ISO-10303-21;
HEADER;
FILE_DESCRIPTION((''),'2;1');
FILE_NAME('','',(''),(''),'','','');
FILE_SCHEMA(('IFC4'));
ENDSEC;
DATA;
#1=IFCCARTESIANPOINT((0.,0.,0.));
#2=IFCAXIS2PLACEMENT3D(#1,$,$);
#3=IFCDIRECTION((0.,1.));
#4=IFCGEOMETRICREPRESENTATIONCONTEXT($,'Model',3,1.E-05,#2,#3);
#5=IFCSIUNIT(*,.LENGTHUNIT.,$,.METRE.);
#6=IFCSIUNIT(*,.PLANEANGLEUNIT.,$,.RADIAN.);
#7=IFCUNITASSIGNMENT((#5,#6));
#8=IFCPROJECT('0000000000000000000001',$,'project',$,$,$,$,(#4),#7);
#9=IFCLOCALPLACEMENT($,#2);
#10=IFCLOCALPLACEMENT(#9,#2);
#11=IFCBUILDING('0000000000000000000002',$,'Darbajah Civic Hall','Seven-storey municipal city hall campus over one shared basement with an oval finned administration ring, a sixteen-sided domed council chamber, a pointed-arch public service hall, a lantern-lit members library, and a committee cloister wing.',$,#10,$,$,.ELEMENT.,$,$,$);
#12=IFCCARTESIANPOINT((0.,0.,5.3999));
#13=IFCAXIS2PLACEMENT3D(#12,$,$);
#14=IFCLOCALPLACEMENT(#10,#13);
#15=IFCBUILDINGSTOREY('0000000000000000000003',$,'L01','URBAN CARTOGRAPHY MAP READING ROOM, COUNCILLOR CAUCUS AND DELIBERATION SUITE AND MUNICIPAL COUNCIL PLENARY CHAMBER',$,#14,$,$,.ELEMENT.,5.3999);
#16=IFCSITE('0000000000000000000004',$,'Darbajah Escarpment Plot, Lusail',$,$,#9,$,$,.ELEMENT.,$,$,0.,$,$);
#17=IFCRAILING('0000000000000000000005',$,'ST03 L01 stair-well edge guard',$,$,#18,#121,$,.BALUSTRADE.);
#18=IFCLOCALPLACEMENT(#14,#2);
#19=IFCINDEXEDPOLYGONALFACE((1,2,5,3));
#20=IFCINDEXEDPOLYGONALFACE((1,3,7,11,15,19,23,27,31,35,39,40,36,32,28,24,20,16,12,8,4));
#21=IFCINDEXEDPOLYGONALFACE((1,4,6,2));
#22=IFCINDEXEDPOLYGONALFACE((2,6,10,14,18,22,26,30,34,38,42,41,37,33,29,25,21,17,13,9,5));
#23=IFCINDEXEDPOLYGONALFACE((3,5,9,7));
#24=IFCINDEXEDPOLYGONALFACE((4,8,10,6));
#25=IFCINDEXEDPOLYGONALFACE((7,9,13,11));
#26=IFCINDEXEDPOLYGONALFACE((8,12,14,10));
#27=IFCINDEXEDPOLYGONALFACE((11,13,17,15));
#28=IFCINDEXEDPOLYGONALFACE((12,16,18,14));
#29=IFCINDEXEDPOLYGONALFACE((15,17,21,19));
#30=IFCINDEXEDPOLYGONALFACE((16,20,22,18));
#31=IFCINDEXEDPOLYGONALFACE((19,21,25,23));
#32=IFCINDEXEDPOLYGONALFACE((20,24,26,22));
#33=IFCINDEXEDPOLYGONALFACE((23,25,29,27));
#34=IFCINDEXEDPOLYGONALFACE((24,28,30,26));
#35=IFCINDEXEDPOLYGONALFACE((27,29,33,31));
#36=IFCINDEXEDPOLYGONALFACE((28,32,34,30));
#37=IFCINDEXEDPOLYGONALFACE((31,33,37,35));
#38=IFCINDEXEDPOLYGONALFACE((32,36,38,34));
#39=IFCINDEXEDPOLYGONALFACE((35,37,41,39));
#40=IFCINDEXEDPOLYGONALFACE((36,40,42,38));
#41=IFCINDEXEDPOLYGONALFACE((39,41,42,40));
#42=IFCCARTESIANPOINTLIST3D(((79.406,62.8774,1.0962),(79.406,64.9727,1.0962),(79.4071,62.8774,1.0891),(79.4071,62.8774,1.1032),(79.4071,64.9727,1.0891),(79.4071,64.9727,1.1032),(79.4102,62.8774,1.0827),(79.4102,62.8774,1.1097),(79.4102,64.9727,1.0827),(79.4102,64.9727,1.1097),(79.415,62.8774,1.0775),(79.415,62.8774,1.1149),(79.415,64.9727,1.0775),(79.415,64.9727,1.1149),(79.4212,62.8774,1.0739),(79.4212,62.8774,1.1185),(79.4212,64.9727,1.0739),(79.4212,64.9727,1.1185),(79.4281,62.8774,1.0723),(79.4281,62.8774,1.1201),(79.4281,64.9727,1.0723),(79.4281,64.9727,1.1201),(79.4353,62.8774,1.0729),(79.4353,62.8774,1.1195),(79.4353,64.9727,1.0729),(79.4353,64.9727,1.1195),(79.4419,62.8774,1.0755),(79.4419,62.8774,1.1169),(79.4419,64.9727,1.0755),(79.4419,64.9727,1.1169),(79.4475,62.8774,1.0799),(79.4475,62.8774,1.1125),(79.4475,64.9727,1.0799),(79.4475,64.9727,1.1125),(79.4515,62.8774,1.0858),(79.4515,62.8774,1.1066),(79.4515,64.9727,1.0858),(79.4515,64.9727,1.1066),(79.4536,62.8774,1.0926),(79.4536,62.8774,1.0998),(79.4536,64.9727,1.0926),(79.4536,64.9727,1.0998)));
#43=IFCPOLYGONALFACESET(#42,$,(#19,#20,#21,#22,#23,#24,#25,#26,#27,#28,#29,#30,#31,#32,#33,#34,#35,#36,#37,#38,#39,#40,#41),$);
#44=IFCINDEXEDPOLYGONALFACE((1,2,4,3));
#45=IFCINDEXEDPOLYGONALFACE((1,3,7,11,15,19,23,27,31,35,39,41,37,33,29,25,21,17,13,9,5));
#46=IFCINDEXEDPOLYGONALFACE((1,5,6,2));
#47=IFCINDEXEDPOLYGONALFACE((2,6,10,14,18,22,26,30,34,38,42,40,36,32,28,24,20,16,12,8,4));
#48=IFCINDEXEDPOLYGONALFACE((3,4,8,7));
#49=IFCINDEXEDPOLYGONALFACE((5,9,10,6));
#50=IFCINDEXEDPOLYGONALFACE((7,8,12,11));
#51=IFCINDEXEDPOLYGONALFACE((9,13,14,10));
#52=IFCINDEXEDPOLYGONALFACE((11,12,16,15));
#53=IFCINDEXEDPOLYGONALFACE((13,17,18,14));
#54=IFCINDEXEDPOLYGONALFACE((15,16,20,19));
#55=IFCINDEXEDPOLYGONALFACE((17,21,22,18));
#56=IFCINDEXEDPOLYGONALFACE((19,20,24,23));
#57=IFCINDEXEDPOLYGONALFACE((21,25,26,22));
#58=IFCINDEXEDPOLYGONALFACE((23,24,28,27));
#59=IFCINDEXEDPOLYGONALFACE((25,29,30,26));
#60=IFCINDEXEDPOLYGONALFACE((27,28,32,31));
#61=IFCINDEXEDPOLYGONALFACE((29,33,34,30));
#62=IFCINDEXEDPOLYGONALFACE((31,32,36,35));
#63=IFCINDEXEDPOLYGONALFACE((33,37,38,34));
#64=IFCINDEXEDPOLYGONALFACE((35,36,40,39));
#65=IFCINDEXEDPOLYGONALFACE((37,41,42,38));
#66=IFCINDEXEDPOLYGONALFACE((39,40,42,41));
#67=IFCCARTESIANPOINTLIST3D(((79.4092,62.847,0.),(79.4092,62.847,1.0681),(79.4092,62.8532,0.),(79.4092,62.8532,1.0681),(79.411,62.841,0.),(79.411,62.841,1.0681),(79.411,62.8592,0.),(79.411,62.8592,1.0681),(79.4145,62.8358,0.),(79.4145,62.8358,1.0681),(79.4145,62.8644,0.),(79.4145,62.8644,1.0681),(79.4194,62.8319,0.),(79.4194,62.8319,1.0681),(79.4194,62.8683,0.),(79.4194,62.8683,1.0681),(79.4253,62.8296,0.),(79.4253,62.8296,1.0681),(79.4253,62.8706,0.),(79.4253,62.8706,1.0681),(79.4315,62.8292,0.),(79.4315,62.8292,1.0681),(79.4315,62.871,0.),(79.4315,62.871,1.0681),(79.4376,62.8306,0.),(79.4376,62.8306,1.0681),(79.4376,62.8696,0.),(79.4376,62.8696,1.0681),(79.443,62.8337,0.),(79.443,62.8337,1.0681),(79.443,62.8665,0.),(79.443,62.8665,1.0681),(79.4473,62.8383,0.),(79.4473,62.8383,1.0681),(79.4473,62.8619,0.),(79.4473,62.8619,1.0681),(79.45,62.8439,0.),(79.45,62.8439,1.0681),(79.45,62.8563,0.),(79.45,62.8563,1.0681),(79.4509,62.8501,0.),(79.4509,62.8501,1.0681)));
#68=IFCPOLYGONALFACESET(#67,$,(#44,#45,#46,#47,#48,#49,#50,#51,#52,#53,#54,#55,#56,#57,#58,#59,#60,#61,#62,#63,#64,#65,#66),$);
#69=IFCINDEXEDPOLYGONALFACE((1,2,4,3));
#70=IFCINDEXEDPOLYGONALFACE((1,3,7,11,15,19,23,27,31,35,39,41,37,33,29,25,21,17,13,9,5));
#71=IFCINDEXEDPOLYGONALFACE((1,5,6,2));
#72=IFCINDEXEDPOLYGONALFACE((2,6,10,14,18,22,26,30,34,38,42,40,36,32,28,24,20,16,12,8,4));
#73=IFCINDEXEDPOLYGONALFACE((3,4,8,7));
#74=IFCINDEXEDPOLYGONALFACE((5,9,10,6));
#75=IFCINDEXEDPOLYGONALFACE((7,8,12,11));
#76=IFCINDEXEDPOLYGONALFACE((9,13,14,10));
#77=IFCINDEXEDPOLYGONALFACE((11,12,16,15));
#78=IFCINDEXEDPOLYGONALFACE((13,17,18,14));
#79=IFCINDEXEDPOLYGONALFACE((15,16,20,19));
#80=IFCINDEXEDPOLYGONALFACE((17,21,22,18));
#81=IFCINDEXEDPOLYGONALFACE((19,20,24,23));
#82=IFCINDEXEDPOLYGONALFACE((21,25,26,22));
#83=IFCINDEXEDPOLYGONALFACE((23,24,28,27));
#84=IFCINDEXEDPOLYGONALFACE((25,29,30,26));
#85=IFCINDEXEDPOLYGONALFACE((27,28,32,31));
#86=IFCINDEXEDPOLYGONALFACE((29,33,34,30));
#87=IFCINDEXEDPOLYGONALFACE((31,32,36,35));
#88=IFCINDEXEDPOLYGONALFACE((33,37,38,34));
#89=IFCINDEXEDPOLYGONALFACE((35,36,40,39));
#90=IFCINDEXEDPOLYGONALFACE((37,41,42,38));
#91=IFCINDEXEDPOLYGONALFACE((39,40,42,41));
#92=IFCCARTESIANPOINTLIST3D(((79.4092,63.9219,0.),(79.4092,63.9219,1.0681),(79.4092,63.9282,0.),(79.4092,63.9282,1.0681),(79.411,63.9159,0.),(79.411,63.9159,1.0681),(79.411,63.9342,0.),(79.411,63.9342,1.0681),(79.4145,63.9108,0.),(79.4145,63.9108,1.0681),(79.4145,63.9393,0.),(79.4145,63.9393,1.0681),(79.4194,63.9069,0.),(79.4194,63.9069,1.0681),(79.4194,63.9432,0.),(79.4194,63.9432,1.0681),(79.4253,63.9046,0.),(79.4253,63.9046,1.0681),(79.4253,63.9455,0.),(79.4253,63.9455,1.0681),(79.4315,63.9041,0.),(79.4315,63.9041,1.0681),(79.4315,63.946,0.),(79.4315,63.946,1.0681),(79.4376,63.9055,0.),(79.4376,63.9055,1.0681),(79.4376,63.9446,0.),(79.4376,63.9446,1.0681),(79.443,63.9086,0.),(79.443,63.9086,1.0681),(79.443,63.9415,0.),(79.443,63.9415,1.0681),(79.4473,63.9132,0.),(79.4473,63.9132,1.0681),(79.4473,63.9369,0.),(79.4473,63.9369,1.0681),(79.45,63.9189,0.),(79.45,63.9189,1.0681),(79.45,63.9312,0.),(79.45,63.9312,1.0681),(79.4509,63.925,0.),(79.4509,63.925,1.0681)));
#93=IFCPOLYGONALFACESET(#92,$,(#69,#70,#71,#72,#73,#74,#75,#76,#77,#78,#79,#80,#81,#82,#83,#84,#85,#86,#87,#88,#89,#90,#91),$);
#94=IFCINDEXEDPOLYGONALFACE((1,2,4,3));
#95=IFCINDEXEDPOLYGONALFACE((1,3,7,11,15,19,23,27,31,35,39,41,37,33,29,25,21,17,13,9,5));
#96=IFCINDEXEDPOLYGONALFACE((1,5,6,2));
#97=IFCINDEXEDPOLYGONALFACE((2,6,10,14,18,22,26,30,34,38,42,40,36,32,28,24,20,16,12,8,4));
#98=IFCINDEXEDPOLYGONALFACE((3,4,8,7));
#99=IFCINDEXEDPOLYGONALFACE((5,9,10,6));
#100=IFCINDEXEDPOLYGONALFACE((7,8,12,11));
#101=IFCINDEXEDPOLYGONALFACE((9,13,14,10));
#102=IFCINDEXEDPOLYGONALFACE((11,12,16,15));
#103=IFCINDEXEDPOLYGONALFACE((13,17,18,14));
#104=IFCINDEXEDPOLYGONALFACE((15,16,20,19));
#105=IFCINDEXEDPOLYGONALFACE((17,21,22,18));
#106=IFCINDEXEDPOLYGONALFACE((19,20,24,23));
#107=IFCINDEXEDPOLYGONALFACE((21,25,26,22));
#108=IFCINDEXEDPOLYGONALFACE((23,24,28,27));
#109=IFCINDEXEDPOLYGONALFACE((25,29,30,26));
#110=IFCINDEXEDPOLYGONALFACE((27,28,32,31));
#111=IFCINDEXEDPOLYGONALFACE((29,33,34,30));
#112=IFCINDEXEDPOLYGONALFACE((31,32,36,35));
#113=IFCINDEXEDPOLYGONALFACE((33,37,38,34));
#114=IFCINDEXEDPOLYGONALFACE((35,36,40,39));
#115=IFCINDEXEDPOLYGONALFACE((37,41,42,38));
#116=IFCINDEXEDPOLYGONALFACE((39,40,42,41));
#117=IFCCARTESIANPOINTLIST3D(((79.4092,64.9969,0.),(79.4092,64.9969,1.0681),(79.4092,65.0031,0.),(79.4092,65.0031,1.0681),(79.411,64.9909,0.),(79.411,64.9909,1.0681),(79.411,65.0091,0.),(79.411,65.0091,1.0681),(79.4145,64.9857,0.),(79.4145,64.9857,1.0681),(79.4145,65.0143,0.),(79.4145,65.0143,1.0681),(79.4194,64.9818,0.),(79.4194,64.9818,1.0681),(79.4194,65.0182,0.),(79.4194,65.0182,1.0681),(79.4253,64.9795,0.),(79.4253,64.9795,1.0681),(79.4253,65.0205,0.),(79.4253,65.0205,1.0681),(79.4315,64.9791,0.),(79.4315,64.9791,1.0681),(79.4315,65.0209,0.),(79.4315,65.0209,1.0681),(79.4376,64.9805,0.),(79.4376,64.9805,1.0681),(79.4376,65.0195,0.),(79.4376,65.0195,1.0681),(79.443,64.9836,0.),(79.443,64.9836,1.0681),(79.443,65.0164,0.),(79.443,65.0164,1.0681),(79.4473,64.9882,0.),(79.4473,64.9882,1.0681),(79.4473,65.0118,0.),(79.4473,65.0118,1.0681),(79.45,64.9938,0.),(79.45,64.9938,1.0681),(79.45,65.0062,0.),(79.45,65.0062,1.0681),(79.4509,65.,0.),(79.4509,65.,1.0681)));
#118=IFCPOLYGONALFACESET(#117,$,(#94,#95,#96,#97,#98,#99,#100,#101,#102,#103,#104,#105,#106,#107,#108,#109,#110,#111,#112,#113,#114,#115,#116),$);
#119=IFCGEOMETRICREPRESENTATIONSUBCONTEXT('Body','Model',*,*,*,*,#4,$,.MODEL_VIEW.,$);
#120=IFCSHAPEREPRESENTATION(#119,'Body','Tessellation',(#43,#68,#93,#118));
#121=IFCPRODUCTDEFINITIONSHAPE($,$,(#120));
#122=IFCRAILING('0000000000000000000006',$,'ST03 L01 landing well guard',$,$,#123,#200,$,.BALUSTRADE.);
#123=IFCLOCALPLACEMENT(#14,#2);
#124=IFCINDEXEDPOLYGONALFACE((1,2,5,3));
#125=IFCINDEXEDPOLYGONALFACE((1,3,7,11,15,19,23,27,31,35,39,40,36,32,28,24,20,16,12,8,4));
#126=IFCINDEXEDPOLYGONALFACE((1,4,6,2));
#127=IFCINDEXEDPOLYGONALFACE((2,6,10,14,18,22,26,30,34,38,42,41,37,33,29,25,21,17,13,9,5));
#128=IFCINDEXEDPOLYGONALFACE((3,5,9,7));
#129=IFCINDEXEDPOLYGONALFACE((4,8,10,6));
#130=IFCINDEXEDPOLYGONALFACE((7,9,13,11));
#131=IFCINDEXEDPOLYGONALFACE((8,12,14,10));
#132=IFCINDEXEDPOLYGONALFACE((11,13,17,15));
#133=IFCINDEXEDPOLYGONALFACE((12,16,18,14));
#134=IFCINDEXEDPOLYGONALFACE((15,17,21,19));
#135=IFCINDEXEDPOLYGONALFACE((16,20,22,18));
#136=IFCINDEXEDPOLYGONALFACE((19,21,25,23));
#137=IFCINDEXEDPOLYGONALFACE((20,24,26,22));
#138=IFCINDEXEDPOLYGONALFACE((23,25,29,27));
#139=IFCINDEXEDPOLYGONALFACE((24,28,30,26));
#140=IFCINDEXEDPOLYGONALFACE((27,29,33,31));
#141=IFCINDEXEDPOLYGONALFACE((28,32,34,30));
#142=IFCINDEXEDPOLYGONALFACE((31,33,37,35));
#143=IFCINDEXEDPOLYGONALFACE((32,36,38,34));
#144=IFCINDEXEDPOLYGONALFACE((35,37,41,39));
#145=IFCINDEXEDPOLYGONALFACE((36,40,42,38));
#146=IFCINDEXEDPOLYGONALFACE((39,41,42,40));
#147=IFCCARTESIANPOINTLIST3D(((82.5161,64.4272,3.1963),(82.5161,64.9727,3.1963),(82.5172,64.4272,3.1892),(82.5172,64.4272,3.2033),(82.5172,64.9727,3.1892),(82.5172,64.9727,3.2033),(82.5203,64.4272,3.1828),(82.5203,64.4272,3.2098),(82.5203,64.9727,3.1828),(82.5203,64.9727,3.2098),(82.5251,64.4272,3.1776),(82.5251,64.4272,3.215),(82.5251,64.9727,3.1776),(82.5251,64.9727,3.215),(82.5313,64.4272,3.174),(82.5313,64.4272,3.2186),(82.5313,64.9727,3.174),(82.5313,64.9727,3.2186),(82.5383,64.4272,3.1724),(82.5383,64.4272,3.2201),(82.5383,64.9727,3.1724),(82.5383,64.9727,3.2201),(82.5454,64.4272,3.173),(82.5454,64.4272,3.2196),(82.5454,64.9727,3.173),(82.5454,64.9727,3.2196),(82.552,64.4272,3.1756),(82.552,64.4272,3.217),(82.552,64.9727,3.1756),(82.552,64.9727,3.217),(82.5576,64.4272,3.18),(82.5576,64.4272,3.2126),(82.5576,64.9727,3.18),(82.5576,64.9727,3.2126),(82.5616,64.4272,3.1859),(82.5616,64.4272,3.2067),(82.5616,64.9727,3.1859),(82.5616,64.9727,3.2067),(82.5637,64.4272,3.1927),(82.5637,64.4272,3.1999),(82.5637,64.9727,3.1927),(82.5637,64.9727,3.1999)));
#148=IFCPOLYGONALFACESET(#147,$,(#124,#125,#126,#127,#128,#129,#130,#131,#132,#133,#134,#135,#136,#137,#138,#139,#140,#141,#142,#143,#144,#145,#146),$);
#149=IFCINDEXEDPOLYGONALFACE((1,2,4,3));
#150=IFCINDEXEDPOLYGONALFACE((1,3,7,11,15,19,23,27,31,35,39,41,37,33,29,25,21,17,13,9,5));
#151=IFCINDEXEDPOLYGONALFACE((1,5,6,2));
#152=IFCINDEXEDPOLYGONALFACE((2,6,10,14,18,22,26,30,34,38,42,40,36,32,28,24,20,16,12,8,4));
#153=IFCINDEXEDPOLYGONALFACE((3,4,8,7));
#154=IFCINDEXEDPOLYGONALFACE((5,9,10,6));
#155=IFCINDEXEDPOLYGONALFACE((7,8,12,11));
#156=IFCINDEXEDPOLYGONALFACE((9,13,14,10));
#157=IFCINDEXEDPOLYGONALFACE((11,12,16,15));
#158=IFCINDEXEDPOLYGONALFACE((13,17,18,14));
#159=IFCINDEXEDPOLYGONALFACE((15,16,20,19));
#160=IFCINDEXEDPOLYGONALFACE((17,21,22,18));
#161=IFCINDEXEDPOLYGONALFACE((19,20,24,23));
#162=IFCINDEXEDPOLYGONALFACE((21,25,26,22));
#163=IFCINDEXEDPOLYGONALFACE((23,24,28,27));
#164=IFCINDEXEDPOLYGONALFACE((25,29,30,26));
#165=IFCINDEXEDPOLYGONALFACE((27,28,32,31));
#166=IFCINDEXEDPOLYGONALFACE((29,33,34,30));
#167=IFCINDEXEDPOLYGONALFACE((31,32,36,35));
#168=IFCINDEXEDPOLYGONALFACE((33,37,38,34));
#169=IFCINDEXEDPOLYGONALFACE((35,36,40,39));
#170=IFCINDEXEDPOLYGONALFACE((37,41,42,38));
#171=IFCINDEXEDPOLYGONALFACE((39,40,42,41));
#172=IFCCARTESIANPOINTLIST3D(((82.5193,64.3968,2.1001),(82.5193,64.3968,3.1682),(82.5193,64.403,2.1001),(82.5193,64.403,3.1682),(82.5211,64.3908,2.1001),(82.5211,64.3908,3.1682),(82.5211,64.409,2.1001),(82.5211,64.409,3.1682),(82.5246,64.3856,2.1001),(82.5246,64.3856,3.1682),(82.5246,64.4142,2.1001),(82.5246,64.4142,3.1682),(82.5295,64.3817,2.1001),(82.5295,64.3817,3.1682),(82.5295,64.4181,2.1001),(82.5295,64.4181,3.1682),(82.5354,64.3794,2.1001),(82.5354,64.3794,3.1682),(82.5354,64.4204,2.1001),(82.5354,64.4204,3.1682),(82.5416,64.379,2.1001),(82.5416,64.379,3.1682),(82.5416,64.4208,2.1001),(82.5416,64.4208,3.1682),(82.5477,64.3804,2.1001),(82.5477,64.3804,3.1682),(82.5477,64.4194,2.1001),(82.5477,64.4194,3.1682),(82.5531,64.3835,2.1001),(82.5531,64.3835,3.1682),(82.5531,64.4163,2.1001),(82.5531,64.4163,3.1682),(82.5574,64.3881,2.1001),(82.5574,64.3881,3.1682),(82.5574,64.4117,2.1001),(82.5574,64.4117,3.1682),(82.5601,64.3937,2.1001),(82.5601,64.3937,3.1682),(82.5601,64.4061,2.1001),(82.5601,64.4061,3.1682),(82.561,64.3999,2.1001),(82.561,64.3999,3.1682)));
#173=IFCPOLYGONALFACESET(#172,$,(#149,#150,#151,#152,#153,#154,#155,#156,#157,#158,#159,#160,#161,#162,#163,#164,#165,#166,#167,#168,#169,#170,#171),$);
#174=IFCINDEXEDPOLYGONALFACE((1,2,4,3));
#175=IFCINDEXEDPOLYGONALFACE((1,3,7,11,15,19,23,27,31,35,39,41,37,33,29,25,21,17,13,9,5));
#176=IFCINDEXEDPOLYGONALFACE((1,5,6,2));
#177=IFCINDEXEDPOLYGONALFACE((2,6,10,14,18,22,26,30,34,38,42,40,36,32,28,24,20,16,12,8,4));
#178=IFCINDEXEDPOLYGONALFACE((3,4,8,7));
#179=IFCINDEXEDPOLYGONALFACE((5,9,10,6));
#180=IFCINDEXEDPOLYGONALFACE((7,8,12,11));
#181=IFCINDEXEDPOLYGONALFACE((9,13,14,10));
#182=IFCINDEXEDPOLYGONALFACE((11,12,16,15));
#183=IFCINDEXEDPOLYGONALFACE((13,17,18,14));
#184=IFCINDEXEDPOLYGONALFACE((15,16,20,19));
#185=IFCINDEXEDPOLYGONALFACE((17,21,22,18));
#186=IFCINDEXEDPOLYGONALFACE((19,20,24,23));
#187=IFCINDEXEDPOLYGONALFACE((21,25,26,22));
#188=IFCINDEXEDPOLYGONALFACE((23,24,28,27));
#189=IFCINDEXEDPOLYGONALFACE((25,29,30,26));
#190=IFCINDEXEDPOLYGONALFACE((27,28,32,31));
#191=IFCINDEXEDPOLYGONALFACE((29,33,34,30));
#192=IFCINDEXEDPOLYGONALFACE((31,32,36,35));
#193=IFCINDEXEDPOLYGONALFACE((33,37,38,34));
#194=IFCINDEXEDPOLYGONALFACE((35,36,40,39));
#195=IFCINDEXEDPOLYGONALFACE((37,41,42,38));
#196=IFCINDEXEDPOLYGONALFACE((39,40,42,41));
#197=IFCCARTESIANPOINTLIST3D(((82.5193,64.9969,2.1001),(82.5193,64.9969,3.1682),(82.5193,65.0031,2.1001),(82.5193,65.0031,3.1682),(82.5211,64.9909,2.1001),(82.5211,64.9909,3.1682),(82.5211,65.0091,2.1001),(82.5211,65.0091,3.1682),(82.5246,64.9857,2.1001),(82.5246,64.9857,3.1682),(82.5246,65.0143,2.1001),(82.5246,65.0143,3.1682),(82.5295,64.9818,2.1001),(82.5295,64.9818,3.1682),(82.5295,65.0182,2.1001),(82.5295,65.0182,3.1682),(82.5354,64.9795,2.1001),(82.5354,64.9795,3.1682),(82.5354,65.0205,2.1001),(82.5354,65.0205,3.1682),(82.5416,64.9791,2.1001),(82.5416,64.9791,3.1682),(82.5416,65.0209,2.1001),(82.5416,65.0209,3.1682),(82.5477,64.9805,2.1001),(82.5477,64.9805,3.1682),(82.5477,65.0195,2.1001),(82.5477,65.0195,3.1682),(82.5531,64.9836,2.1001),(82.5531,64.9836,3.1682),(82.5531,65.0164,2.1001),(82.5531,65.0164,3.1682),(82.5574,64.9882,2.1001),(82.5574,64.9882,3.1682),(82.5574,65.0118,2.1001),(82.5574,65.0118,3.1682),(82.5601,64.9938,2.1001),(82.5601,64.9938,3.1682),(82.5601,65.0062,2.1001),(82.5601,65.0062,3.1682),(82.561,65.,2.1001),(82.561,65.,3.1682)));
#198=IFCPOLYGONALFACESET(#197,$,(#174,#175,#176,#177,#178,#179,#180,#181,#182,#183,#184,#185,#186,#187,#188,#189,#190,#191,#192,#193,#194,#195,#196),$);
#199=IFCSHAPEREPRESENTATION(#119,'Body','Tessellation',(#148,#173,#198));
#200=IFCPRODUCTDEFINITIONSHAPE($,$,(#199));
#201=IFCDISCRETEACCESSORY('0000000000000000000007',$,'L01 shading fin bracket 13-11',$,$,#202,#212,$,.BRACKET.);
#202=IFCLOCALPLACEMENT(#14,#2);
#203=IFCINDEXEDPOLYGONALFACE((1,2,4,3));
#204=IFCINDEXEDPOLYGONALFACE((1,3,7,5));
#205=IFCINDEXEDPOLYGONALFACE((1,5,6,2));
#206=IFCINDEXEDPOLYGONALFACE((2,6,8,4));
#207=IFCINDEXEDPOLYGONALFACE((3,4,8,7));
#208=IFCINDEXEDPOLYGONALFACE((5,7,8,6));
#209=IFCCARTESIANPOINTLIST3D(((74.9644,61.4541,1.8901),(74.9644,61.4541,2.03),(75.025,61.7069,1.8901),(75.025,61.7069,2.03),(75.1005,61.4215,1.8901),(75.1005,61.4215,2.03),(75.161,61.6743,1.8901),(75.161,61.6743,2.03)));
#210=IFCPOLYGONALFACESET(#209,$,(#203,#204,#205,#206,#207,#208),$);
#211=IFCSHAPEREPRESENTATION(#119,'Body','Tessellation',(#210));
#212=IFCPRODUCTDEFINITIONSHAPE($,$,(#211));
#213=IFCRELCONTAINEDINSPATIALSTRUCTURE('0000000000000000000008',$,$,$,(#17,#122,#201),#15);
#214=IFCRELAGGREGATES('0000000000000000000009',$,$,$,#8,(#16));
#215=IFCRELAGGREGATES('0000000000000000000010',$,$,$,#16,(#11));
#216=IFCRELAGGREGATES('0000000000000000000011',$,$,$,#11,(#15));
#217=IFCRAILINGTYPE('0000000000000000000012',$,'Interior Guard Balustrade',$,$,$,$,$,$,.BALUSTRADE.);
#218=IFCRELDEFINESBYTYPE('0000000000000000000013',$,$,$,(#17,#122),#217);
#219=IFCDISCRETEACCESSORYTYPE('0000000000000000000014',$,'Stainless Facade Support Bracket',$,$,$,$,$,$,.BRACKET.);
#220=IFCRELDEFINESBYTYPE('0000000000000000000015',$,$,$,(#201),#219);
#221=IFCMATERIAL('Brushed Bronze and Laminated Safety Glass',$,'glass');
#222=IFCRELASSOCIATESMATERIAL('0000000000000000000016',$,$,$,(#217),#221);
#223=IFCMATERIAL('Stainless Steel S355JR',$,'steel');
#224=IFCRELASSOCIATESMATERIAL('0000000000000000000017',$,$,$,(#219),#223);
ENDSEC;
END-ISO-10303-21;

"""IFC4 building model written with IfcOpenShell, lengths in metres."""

from ifc_helpers import new_model, si_unit, direction, frame, origin, origin_2d, place, context, subcontext, project, spatial, rectangle, circle, extrude, material, type_object, element, save


model = new_model("IFC4")

# Units and contexts
model_context = context("Model", 3, precision=1e-05, world=origin(), true_north=direction((0.0, 1.0)))
body_context = subcontext(model_context, "Body", "Model", "MODEL_VIEW")
ifc_project = project(units=[si_unit("LENGTHUNIT", "METRE"), si_unit("PLANEANGLEUNIT", "RADIAN")], contexts=[model_context])

# Site, building, storey
site_placement = place(None, origin())
site = spatial("IfcSite", under=ifc_project, at=site_placement, Name="Darbajah Escarpment Plot, Lusail", CompositionType="ELEMENT", RefElevation=0.0)
building_placement = place(site_placement, origin())
building = spatial("IfcBuilding", under=site, at=building_placement, Name="Darbajah Civic Hall", Description="Seven-storey municipal city hall campus over one shared basement with an oval finned administration ring, a sixteen-sided domed council chamber, a pointed-arch public service hall, a lantern-lit members library, and a committee cloister wing.", CompositionType="ELEMENT")
storey_placement = place(building_placement, frame((0.0, 0.0, 5.3999)))
storey = spatial("IfcBuildingStorey", under=building, at=storey_placement, Name="L01", Description="URBAN CARTOGRAPHY MAP READING ROOM, COUNCILLOR CAUCUS AND DELIBERATION SUITE AND MUNICIPAL COUNCIL PLENARY CHAMBER", CompositionType="ELEMENT", Elevation=5.3999)

# Railings
ifc_material_1 = material(Name="Brushed Bronze and Laminated Safety Glass", Category="glass")
railing_type_1 = type_object("IfcRailingType", Name="Interior Guard Balustrade", PredefinedType="BALUSTRADE", material=ifc_material_1)
railing_1_placement = place(storey_placement, frame((79.4299, 62.8501, 0.0)))
element("IfcRailing", 1, at=railing_1_placement, inside=storey, type_object=railing_type_1, Name="ST03 L01 stair-well edge guard", PredefinedType="BALUSTRADE", context=body_context, shape_type="SweptSolid", body=[
    extrude(circle(Radius=0.0239, at=origin_2d()), frame((0.0, 0.0273, 1.0962), z_axis=(0.0, 1.0, 0.0), x_axis=(-1.0, 0.0, 0.0)), (0.0, 0.0, 1.0), 2.0952),
    extrude(circle(Radius=0.021, at=origin_2d()), origin(), (0.0, 0.0, 1.0), 1.0681),
    extrude(circle(Radius=0.021, at=origin_2d()), frame((0.0, 1.075, 0.0)), (0.0, 0.0, 1.0), 1.0681),
    extrude(circle(Radius=0.021, at=origin_2d()), frame((0.0, 2.1499, 0.0)), (0.0, 0.0, 1.0), 1.0681),
])
railing_2_placement = place(storey_placement, frame((82.54, 64.3999, 2.1001)))
element("IfcRailing", 2, at=railing_2_placement, inside=storey, type_object=railing_type_1, Name="ST03 L01 landing well guard", PredefinedType="BALUSTRADE", context=body_context, shape_type="SweptSolid", body=[
    extrude(circle(Radius=0.0239, at=origin_2d()), frame((0.0, 0.0273, 1.0962), z_axis=(0.0, 1.0, 0.0), x_axis=(-1.0, 0.0, 0.0)), (0.0, 0.0, 1.0), 0.5454),
    extrude(circle(Radius=0.021, at=origin_2d()), origin(), (0.0, 0.0, 1.0), 1.0681),
    extrude(circle(Radius=0.021, at=origin_2d()), frame((0.0, 0.6001, 0.0)), (0.0, 0.0, 1.0), 1.0681),
])

# Discrete accessory
ifc_material_2 = material(Name="Stainless Steel S355JR", Category="steel")
discrete_accessory_type = type_object("IfcDiscreteAccessoryType", Name="Stainless Facade Support Bracket", PredefinedType="BRACKET", material=ifc_material_2)
for number, where, z_axis, x_axis, name in (
    (3, (75.0627, 61.5642, 1.8901), (0.0, 0.0, 1.0), (-0.232936, -0.972492, 0.0), "L01 shading fin bracket 13-11"),
):
    element("IfcDiscreteAccessory", number, at=place(storey_placement, frame(where, z_axis=z_axis, x_axis=x_axis)), inside=storey, type_object=discrete_accessory_type, Name=name, PredefinedType="BRACKET", context=body_context, shape_type="SweptSolid", body=[
        extrude(rectangle(XDim=0.26, YDim=0.1399, at=origin_2d()), origin(), (0.0, 0.0, 1.0), 0.1399),
    ])

save(model, "model.ifc")
